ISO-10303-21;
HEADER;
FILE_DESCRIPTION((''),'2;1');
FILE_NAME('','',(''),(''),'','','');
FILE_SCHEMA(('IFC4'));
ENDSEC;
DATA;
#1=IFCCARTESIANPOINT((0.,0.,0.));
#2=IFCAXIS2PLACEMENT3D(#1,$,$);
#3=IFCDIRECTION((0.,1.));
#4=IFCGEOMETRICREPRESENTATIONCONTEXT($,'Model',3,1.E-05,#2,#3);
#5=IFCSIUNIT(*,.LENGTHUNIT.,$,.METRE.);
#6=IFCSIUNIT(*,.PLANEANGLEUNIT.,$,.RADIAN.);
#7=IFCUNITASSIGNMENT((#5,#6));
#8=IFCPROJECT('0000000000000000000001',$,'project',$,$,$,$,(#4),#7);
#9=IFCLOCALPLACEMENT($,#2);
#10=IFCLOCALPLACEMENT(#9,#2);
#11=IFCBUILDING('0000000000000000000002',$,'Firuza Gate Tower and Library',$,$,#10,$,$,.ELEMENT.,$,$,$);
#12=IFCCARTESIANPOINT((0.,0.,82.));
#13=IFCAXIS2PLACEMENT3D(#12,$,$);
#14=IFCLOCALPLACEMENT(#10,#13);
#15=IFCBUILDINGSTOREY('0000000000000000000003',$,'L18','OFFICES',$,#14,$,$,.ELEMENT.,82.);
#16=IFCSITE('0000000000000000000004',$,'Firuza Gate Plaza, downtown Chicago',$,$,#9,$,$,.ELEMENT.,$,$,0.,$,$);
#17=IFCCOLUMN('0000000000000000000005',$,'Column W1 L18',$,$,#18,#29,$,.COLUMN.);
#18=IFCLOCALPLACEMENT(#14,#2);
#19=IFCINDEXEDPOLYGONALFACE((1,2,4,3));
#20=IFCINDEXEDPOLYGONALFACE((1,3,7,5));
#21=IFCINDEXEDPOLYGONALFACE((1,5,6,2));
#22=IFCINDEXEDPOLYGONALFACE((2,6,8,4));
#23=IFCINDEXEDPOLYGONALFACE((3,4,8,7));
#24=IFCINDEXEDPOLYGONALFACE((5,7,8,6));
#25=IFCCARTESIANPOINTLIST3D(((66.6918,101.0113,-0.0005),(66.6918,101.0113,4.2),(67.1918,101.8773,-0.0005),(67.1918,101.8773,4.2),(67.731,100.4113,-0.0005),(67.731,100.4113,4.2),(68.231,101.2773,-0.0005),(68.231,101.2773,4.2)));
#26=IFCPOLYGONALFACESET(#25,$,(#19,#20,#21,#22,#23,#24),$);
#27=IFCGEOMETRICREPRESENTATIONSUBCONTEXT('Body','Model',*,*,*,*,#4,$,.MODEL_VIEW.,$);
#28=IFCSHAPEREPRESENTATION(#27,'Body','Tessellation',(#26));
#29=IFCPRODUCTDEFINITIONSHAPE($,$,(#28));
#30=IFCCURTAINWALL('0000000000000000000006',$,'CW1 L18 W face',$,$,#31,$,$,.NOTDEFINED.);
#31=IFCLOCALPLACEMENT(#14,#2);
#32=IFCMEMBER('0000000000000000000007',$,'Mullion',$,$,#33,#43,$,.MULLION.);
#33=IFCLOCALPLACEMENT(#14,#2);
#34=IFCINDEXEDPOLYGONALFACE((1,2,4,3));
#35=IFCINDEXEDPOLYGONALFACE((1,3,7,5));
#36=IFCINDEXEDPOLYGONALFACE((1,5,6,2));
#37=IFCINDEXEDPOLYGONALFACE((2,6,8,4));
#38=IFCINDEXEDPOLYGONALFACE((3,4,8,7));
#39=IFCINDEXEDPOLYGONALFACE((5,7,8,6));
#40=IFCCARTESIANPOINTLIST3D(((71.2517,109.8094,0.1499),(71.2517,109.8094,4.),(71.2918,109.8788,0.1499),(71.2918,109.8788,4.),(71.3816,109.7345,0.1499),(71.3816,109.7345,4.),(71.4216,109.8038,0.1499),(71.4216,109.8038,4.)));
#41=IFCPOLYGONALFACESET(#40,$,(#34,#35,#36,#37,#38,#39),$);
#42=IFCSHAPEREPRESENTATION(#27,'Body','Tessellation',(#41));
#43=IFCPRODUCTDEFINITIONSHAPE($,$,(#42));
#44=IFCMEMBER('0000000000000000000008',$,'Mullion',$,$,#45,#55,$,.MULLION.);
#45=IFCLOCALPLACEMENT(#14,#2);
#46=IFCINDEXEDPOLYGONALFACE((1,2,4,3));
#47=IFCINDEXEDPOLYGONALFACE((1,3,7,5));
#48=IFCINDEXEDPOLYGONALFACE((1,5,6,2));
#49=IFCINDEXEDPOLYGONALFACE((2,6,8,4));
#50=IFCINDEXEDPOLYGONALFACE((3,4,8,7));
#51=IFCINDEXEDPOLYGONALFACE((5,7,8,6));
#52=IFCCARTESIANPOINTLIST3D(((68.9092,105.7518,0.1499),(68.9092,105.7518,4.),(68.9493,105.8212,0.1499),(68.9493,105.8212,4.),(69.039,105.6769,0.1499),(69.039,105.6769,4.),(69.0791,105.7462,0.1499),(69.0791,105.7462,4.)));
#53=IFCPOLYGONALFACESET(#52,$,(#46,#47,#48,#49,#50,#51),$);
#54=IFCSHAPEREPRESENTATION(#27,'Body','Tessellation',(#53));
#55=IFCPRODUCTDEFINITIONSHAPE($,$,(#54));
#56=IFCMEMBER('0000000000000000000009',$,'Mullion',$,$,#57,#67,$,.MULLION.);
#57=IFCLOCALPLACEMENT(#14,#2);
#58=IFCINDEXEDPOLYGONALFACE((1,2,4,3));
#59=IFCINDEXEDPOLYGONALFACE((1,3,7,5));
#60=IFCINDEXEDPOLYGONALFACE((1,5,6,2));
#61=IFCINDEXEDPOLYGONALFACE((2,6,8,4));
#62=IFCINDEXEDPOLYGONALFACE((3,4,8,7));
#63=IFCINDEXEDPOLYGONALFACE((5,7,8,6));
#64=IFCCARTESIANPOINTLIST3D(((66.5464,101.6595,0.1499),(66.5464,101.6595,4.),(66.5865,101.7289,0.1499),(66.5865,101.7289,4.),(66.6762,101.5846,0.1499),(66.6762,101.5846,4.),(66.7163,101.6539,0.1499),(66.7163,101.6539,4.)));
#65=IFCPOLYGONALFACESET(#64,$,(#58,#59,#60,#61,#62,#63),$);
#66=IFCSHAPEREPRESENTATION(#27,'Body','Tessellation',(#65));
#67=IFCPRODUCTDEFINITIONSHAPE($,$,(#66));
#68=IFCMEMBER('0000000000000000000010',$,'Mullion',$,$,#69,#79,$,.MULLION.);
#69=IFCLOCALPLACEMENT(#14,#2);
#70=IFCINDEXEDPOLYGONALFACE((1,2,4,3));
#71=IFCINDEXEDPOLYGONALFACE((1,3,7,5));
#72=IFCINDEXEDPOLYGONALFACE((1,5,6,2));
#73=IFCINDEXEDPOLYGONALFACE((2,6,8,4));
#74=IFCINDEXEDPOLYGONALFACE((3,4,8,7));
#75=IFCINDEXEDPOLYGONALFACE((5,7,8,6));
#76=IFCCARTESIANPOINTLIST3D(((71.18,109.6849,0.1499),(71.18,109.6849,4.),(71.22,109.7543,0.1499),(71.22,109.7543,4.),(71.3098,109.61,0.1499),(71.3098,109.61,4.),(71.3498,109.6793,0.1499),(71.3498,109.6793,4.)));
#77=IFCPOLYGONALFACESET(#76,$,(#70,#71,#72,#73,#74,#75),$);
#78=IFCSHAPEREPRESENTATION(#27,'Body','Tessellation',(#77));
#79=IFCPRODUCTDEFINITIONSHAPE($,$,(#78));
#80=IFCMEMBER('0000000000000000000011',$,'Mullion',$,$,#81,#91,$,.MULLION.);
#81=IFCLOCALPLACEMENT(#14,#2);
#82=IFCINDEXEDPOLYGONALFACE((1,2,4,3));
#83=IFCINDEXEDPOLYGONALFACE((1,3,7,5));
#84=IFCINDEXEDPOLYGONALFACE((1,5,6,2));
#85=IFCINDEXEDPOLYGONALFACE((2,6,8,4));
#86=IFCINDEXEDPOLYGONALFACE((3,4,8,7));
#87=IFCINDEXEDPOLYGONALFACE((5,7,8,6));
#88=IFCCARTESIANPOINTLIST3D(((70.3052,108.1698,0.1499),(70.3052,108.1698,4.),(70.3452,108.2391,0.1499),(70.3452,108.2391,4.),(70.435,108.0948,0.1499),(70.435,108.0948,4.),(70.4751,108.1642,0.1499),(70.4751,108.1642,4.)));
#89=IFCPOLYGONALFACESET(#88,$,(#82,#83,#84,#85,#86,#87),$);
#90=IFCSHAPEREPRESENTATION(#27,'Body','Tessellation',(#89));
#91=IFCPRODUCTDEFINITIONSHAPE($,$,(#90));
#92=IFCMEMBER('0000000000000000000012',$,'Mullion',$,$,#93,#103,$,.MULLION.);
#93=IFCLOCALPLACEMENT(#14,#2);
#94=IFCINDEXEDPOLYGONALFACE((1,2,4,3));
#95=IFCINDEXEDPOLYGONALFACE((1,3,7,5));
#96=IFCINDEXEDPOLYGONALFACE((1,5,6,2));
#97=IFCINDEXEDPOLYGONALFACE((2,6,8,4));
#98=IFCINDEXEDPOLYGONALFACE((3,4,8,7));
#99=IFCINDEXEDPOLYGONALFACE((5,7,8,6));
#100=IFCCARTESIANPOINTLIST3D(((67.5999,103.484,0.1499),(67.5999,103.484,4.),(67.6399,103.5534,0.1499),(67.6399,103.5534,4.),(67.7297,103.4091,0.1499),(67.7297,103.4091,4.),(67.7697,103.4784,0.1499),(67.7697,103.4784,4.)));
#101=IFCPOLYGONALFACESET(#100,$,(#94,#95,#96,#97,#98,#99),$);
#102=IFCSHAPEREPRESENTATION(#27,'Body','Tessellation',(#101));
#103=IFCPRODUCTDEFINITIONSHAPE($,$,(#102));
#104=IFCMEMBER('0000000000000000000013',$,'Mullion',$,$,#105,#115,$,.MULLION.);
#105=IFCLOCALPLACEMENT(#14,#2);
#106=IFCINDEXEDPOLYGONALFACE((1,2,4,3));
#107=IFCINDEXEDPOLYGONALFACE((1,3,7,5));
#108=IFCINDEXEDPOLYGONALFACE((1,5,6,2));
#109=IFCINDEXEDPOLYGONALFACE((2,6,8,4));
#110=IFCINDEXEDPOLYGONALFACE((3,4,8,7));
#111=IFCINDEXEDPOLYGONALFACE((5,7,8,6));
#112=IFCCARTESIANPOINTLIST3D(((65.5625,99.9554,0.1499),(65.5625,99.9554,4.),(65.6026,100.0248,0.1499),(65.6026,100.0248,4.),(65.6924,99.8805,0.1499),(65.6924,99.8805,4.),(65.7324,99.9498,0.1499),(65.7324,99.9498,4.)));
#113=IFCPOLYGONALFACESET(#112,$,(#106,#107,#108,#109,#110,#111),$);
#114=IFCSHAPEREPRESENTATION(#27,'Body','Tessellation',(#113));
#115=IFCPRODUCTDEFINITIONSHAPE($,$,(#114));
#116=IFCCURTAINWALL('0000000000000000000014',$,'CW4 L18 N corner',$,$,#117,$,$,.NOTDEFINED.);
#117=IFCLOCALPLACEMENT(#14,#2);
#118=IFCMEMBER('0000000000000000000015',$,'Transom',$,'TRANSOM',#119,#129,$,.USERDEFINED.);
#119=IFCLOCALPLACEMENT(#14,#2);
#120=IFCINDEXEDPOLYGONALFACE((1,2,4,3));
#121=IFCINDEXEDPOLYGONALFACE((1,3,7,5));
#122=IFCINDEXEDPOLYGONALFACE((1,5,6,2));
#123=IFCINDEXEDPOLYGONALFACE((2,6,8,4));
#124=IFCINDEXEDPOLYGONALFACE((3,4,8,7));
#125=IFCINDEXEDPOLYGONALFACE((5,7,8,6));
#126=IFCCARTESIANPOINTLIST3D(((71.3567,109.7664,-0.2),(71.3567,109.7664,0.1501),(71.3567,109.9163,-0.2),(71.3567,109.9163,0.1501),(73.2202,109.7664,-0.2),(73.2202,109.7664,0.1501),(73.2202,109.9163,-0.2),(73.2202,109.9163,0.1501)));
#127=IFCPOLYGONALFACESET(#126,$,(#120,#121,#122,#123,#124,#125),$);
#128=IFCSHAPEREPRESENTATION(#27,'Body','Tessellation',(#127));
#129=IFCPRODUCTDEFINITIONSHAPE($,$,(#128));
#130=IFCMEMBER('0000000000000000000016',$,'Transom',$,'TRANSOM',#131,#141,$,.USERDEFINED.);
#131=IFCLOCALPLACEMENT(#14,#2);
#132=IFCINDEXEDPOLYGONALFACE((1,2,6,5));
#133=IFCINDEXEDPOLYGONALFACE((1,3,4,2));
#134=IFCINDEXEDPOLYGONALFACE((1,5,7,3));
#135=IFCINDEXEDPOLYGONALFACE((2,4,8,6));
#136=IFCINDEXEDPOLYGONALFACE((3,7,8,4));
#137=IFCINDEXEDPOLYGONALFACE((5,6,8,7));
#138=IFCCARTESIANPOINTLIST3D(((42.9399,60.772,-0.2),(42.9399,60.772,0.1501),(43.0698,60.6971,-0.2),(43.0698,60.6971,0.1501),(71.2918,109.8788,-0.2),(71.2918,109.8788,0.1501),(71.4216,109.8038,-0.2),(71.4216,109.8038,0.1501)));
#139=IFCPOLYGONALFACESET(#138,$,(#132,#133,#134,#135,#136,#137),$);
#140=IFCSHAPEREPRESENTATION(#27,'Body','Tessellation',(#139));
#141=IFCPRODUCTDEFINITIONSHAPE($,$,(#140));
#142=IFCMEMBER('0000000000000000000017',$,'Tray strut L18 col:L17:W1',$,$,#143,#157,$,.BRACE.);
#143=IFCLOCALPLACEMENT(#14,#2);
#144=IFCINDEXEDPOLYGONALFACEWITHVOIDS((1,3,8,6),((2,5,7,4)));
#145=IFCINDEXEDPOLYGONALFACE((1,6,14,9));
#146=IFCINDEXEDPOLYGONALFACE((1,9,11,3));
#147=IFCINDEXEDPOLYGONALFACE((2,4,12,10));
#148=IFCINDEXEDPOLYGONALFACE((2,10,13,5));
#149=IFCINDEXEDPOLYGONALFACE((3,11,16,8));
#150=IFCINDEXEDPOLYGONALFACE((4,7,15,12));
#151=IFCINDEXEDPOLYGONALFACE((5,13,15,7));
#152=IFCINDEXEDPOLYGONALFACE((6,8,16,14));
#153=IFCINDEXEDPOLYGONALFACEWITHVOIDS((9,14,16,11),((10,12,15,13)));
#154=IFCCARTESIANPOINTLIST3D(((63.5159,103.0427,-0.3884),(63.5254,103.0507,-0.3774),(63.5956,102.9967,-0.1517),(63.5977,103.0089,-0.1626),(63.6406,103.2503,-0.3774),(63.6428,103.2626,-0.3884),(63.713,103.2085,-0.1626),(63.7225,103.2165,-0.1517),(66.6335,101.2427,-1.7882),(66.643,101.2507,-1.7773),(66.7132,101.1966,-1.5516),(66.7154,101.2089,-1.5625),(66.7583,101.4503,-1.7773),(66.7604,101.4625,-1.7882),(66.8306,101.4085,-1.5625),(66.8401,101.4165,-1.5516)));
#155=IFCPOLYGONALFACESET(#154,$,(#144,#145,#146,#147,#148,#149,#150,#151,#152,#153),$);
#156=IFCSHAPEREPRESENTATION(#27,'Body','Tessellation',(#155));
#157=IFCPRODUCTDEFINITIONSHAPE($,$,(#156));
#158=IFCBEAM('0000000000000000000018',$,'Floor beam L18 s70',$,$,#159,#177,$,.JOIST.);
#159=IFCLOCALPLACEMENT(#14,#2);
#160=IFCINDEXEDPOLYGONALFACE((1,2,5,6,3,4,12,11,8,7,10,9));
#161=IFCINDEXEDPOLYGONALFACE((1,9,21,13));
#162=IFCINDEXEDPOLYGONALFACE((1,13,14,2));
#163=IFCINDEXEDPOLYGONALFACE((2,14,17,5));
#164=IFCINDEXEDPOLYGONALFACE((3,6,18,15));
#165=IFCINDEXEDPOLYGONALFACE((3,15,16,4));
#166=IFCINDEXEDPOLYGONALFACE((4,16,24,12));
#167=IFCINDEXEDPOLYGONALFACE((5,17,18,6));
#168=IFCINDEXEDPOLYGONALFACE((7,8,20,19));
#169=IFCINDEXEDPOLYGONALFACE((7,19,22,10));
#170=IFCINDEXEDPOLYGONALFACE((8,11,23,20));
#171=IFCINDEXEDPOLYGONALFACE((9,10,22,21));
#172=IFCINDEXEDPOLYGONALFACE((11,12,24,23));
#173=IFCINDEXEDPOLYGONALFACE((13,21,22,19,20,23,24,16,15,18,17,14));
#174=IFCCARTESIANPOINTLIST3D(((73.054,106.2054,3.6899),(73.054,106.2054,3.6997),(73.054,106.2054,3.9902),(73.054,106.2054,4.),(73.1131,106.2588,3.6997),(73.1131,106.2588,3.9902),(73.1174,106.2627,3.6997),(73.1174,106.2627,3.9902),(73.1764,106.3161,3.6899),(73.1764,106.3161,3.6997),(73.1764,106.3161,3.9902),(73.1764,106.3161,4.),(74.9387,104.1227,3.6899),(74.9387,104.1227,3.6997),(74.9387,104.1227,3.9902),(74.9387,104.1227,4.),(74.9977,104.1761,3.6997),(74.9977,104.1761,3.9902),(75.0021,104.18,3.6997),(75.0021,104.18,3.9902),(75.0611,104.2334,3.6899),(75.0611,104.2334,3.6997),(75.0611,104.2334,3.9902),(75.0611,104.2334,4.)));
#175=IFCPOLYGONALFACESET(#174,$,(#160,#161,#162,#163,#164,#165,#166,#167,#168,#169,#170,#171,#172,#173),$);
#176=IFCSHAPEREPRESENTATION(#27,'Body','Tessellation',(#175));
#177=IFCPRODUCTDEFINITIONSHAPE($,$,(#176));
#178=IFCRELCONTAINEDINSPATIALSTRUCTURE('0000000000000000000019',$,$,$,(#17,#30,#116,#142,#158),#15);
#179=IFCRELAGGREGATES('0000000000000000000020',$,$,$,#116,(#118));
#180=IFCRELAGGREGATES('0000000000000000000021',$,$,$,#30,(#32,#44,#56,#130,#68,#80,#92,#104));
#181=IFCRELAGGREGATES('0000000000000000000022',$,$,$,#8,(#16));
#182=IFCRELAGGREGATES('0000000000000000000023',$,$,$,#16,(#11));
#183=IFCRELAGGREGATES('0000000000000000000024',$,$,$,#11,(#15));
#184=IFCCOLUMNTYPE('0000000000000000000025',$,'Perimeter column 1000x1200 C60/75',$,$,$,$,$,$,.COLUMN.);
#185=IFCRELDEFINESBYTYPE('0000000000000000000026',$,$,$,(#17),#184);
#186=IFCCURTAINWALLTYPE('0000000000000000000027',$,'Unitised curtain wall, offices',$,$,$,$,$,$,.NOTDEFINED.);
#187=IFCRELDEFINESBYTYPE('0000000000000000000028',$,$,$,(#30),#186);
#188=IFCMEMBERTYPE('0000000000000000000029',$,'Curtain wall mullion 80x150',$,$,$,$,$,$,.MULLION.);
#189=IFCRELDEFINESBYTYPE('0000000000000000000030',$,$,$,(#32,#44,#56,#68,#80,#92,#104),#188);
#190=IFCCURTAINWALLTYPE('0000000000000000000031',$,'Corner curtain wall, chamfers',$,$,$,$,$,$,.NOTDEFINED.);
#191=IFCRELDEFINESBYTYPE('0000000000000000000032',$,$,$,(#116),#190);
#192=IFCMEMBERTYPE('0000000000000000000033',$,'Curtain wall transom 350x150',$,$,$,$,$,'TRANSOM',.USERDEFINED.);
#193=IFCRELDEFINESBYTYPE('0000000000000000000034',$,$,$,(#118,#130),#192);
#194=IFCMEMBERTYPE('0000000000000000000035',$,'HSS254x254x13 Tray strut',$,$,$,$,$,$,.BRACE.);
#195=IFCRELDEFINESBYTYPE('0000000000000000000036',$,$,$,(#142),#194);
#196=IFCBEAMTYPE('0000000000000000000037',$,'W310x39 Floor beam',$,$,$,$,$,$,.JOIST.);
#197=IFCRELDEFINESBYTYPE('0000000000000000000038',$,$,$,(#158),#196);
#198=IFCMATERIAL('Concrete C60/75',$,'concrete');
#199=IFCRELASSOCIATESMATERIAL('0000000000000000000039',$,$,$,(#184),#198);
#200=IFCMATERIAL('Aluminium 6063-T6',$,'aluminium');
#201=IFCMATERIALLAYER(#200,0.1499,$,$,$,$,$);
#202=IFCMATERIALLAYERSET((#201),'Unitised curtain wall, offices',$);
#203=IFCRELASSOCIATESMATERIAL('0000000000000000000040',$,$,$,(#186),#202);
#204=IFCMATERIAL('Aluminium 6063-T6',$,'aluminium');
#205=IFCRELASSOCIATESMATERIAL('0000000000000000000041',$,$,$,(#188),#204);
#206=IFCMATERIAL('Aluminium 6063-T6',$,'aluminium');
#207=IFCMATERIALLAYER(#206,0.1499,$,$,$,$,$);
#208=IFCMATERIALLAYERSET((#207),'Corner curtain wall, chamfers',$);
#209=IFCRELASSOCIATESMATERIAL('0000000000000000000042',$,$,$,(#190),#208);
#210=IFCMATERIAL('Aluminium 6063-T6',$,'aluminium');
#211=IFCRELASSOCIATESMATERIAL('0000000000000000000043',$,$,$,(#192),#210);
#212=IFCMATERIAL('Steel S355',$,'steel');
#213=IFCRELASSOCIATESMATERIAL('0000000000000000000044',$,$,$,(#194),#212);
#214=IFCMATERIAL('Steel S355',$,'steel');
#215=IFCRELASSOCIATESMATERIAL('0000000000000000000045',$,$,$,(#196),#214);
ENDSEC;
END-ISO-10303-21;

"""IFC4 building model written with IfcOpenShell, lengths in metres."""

from ifc_helpers import new_model, si_unit, direction, frame, origin, origin_2d, place, context, subcontext, project, spatial, rectangle, hollow_rectangle, i_section, extrude, material, layer, layer_set, material_profile, profile_set, type_object, element, aggregate, save


model = new_model("IFC4")

# Units and contexts
model_context = context("Model", 3, precision=1e-05, world=origin(), true_north=direction((0.0, 1.0)))
body_context = subcontext(model_context, "Body", "Model", "MODEL_VIEW")
ifc_project = project(units=[si_unit("LENGTHUNIT", "METRE"), si_unit("PLANEANGLEUNIT", "RADIAN")], contexts=[model_context])

# Site, building, storey
site_placement = place(None, origin())
site = spatial("IfcSite", under=ifc_project, at=site_placement, Name="Firuza Gate Plaza, downtown Chicago", CompositionType="ELEMENT", RefElevation=0.0)
building_placement = place(site_placement, origin())
building = spatial("IfcBuilding", under=site, at=building_placement, Name="Firuza Gate Tower and Library", CompositionType="ELEMENT")
storey_placement = place(building_placement, frame((0.0, 0.0, 82.0)))
storey = spatial("IfcBuildingStorey", under=building, at=storey_placement, Name="L18", Description="OFFICES", CompositionType="ELEMENT", Elevation=82.0)

# Column
ifc_material_1 = material(Name="Concrete C60/75", Category="concrete")
ifc_material_profile_1 = material_profile(ifc_material_1, rectangle(XDim=1.0, YDim=1.2, at=origin_2d()))
ifc_profile_set_1 = profile_set([ifc_material_profile_1], Name="Concrete C60/75")
column_type = type_object("IfcColumnType", Name="Perimeter column 1000x1200 C60/75", PredefinedType="COLUMN", material=ifc_profile_set_1)
column_placement = place(storey_placement, frame((67.4614, 101.1443, -0.0005), z_axis=(0.0, 0.0, 1.0), x_axis=(-0.5, -0.866025, 0.0)))
element("IfcColumn", 1, at=column_placement, inside=storey, type_object=column_type, Name="Column W1 L18", PredefinedType="COLUMN", context=body_context, shape_type="SweptSolid", body=[
    extrude(rectangle(XDim=1.0, YDim=1.2, at=origin_2d()), origin(), (0.0, 0.0, 1.0), 4.2004),
])

# Curtain wall, members
ifc_material_2 = material(Name="Aluminium 6063-T6", Category="aluminium")
ifc_layer_1 = layer(ifc_material_2, 0.1499)
ifc_layer_set_1 = layer_set([ifc_layer_1], Name="Unitised curtain wall, offices")
curtain_wall_type_1 = type_object("IfcCurtainWallType", Name="Unitised curtain wall, offices", PredefinedType="NOTDEFINED", material=ifc_layer_set_1)
placement = place(storey_placement, origin())
curtain_wall_1 = element("IfcCurtainWall", 2, at=placement, inside=storey, type_object=curtain_wall_type_1, Name="CW1 L18 W face", PredefinedType="NOTDEFINED")
ifc_material_3 = material(Name="Aluminium 6063-T6", Category="aluminium")
ifc_material_profile_2 = material_profile(ifc_material_3, rectangle(XDim=0.1499, YDim=0.0801, at=origin_2d()))
ifc_profile_set_2 = profile_set([ifc_material_profile_2], Name="Aluminium 6063-T6")
member_type_1 = type_object("IfcMemberType", Name="Curtain wall mullion 80x150", PredefinedType="MULLION", material=ifc_profile_set_2)
member_1_placement = place(storey_placement, frame((71.3367, 109.8066, 0.1499), z_axis=(0.0, 0.0, 1.0), x_axis=(0.866025, -0.5, 0.0)))
member_1 = element("IfcMember", 3, at=member_1_placement, type_object=member_type_1, Name="Mullion", PredefinedType="MULLION", context=body_context, shape_type="SweptSolid", body=[
    extrude(rectangle(XDim=0.1499, YDim=0.0801, at=origin_2d()), origin(), (0.0, 0.0, 1.0), 3.8501),
])
member_2_placement = place(storey_placement, frame((68.9941, 105.749, 0.1499), z_axis=(0.0, 0.0, 1.0), x_axis=(0.866025, -0.5, 0.0)))
member_2 = element("IfcMember", 4, at=member_2_placement, type_object=member_type_1, Name="Mullion", PredefinedType="MULLION", context=body_context, shape_type="SweptSolid", body=[
    extrude(rectangle(XDim=0.1499, YDim=0.0801, at=origin_2d()), origin(), (0.0, 0.0, 1.0), 3.8501),
])
member_3_placement = place(storey_placement, frame((66.6313, 101.6567, 0.1499), z_axis=(0.0, 0.0, 1.0), x_axis=(0.866025, -0.5, 0.0)))
member_3 = element("IfcMember", 5, at=member_3_placement, type_object=member_type_1, Name="Mullion", PredefinedType="MULLION", context=body_context, shape_type="SweptSolid", body=[
    extrude(rectangle(XDim=0.1499, YDim=0.0801, at=origin_2d()), origin(), (0.0, 0.0, 1.0), 3.8501),
])
member_4_placement = place(storey_placement, frame((71.2649, 109.6821, 0.1499), z_axis=(0.0, 0.0, 1.0), x_axis=(0.866025, -0.5, 0.0)))
member_4 = element("IfcMember", 6, at=member_4_placement, type_object=member_type_1, Name="Mullion", PredefinedType="MULLION", context=body_context, shape_type="SweptSolid", body=[
    extrude(rectangle(XDim=0.1499, YDim=0.0801, at=origin_2d()), origin(), (0.0, 0.0, 1.0), 3.8501),
])
member_5_placement = place(storey_placement, frame((70.3901, 108.167, 0.1499), z_axis=(0.0, 0.0, 1.0), x_axis=(0.866025, -0.5, 0.0)))
member_5 = element("IfcMember", 7, at=member_5_placement, type_object=member_type_1, Name="Mullion", PredefinedType="MULLION", context=body_context, shape_type="SweptSolid", body=[
    extrude(rectangle(XDim=0.1499, YDim=0.0801, at=origin_2d()), origin(), (0.0, 0.0, 1.0), 3.8501),
])
member_6_placement = place(storey_placement, frame((67.6848, 103.4812, 0.1499), z_axis=(0.0, 0.0, 1.0), x_axis=(0.866025, -0.5, 0.0)))
member_6 = element("IfcMember", 8, at=member_6_placement, type_object=member_type_1, Name="Mullion", PredefinedType="MULLION", context=body_context, shape_type="SweptSolid", body=[
    extrude(rectangle(XDim=0.1499, YDim=0.0801, at=origin_2d()), origin(), (0.0, 0.0, 1.0), 3.8501),
])
member_7_placement = place(storey_placement, frame((65.6475, 99.9526, 0.1499), z_axis=(0.0, 0.0, 1.0), x_axis=(0.866025, -0.5, 0.0)))
member_7 = element("IfcMember", 9, at=member_7_placement, type_object=member_type_1, Name="Mullion", PredefinedType="MULLION", context=body_context, shape_type="SweptSolid", body=[
    extrude(rectangle(XDim=0.1499, YDim=0.0801, at=origin_2d()), origin(), (0.0, 0.0, 1.0), 3.8501),
])

# Curtain wall, member
ifc_material_4 = material(Name="Aluminium 6063-T6", Category="aluminium")
ifc_layer_2 = layer(ifc_material_4, 0.1499)
ifc_layer_set_2 = layer_set([ifc_layer_2], Name="Corner curtain wall, chamfers")
curtain_wall_type_2 = type_object("IfcCurtainWallType", Name="Corner curtain wall, chamfers", PredefinedType="NOTDEFINED", material=ifc_layer_set_2)
curtain_wall_2 = element("IfcCurtainWall", 10, at=placement, inside=storey, type_object=curtain_wall_type_2, Name="CW4 L18 N corner", PredefinedType="NOTDEFINED")
ifc_material_5 = material(Name="Aluminium 6063-T6", Category="aluminium")
ifc_material_profile_3 = material_profile(ifc_material_5, rectangle(XDim=0.1499, YDim=0.3501, at=origin_2d()))
ifc_profile_set_3 = profile_set([ifc_material_profile_3], Name="Aluminium 6063-T6")
member_type_2 = type_object("IfcMemberType", Name="Curtain wall transom 350x150", ElementType="TRANSOM", PredefinedType="USERDEFINED", material=ifc_profile_set_3)
member_8_placement = place(storey_placement, frame((73.2202, 109.8413, -0.0249), z_axis=(-1.0, 0.0, 0.0), x_axis=(0.0, -1.0, 0.0)))
member_8 = element("IfcMember", 11, at=member_8_placement, type_object=member_type_2, Name="Transom", ObjectType="TRANSOM", PredefinedType="USERDEFINED", context=body_context, shape_type="SweptSolid", body=[
    extrude(rectangle(XDim=0.1499, YDim=0.3501, at=origin_2d()), origin(), (0.0, 0.0, 1.0), 1.8635),
])
aggregate(curtain_wall_2, [member_8])

# Members
member_9_placement = place(storey_placement, frame((71.3567, 109.8413, -0.0249), z_axis=(-0.500001, -0.866025, 0.0), x_axis=(0.866025, -0.500001, 0.0)))
member_9 = element("IfcMember", 12, at=member_9_placement, type_object=member_type_2, Name="Transom", ObjectType="TRANSOM", PredefinedType="USERDEFINED", context=body_context, shape_type="SweptSolid", body=[
    extrude(rectangle(XDim=0.1499, YDim=0.3501, at=origin_2d()), origin(), (0.0, 0.0, 1.0), 56.7036),
])
ifc_material_6 = material(Name="Steel S355", Category="steel")
ifc_material_profile_4 = material_profile(ifc_material_6, hollow_rectangle(XDim=0.2539, YDim=0.2539, WallThickness=0.0117, at=origin_2d()))
ifc_profile_set_4 = profile_set([ifc_material_profile_4], Name="Steel S355")
member_type_3 = type_object("IfcMemberType", Name="HSS254x254x13 Tray strut", PredefinedType="BRACE", material=ifc_profile_set_4)
member_10_placement = place(storey_placement, frame((66.7368, 101.3296, -1.6699), z_axis=(-0.807141, 0.466018, 0.362423), x_axis=(-0.500012, -0.866018, 0.0)))
element("IfcMember", 13, at=member_10_placement, inside=storey, type_object=member_type_3, Name="Tray strut L18 col:L17:W1", PredefinedType="BRACE", context=body_context, shape_type="SweptSolid", body=[
    extrude(hollow_rectangle(XDim=0.2539, YDim=0.2539, WallThickness=0.0117, at=origin_2d()), origin(), (0.0, 0.0, 1.0), 3.8625),
])

# Beam
ifc_material_7 = material(Name="Steel S355", Category="steel")
ifc_material_profile_5 = material_profile(ifc_material_7, i_section(OverallWidth=0.165, OverallDepth=0.3101, WebThickness=0.0059, FlangeThickness=0.0098, at=origin_2d()))
ifc_profile_set_5 = profile_set([ifc_material_profile_5], Name="Steel S355")
beam_type_1 = type_object("IfcBeamType", Name="W310x39 Floor beam", PredefinedType="JOIST", material=ifc_profile_set_5)
beam_1_placement = place(storey_placement, frame((73.1152, 106.2607, 3.845), z_axis=(0.670984, -0.741472, 0.0), x_axis=(0.741472, 0.670984, 0.0)))
element("IfcBeam", 14, at=beam_1_placement, inside=storey, type_object=beam_type_1, Name="Floor beam L18 s70", PredefinedType="JOIST", context=body_context, shape_type="SweptSolid", body=[
    extrude(i_section(OverallWidth=0.165, OverallDepth=0.3101, WebThickness=0.0059, FlangeThickness=0.0098, at=origin_2d()), origin(), (0.0, 0.0, 1.0), 2.8088),
])

aggregate(curtain_wall_1, [member_1, member_2, member_3, member_9, member_4, member_5, member_6, member_7])

save(model, "model.ifc")
